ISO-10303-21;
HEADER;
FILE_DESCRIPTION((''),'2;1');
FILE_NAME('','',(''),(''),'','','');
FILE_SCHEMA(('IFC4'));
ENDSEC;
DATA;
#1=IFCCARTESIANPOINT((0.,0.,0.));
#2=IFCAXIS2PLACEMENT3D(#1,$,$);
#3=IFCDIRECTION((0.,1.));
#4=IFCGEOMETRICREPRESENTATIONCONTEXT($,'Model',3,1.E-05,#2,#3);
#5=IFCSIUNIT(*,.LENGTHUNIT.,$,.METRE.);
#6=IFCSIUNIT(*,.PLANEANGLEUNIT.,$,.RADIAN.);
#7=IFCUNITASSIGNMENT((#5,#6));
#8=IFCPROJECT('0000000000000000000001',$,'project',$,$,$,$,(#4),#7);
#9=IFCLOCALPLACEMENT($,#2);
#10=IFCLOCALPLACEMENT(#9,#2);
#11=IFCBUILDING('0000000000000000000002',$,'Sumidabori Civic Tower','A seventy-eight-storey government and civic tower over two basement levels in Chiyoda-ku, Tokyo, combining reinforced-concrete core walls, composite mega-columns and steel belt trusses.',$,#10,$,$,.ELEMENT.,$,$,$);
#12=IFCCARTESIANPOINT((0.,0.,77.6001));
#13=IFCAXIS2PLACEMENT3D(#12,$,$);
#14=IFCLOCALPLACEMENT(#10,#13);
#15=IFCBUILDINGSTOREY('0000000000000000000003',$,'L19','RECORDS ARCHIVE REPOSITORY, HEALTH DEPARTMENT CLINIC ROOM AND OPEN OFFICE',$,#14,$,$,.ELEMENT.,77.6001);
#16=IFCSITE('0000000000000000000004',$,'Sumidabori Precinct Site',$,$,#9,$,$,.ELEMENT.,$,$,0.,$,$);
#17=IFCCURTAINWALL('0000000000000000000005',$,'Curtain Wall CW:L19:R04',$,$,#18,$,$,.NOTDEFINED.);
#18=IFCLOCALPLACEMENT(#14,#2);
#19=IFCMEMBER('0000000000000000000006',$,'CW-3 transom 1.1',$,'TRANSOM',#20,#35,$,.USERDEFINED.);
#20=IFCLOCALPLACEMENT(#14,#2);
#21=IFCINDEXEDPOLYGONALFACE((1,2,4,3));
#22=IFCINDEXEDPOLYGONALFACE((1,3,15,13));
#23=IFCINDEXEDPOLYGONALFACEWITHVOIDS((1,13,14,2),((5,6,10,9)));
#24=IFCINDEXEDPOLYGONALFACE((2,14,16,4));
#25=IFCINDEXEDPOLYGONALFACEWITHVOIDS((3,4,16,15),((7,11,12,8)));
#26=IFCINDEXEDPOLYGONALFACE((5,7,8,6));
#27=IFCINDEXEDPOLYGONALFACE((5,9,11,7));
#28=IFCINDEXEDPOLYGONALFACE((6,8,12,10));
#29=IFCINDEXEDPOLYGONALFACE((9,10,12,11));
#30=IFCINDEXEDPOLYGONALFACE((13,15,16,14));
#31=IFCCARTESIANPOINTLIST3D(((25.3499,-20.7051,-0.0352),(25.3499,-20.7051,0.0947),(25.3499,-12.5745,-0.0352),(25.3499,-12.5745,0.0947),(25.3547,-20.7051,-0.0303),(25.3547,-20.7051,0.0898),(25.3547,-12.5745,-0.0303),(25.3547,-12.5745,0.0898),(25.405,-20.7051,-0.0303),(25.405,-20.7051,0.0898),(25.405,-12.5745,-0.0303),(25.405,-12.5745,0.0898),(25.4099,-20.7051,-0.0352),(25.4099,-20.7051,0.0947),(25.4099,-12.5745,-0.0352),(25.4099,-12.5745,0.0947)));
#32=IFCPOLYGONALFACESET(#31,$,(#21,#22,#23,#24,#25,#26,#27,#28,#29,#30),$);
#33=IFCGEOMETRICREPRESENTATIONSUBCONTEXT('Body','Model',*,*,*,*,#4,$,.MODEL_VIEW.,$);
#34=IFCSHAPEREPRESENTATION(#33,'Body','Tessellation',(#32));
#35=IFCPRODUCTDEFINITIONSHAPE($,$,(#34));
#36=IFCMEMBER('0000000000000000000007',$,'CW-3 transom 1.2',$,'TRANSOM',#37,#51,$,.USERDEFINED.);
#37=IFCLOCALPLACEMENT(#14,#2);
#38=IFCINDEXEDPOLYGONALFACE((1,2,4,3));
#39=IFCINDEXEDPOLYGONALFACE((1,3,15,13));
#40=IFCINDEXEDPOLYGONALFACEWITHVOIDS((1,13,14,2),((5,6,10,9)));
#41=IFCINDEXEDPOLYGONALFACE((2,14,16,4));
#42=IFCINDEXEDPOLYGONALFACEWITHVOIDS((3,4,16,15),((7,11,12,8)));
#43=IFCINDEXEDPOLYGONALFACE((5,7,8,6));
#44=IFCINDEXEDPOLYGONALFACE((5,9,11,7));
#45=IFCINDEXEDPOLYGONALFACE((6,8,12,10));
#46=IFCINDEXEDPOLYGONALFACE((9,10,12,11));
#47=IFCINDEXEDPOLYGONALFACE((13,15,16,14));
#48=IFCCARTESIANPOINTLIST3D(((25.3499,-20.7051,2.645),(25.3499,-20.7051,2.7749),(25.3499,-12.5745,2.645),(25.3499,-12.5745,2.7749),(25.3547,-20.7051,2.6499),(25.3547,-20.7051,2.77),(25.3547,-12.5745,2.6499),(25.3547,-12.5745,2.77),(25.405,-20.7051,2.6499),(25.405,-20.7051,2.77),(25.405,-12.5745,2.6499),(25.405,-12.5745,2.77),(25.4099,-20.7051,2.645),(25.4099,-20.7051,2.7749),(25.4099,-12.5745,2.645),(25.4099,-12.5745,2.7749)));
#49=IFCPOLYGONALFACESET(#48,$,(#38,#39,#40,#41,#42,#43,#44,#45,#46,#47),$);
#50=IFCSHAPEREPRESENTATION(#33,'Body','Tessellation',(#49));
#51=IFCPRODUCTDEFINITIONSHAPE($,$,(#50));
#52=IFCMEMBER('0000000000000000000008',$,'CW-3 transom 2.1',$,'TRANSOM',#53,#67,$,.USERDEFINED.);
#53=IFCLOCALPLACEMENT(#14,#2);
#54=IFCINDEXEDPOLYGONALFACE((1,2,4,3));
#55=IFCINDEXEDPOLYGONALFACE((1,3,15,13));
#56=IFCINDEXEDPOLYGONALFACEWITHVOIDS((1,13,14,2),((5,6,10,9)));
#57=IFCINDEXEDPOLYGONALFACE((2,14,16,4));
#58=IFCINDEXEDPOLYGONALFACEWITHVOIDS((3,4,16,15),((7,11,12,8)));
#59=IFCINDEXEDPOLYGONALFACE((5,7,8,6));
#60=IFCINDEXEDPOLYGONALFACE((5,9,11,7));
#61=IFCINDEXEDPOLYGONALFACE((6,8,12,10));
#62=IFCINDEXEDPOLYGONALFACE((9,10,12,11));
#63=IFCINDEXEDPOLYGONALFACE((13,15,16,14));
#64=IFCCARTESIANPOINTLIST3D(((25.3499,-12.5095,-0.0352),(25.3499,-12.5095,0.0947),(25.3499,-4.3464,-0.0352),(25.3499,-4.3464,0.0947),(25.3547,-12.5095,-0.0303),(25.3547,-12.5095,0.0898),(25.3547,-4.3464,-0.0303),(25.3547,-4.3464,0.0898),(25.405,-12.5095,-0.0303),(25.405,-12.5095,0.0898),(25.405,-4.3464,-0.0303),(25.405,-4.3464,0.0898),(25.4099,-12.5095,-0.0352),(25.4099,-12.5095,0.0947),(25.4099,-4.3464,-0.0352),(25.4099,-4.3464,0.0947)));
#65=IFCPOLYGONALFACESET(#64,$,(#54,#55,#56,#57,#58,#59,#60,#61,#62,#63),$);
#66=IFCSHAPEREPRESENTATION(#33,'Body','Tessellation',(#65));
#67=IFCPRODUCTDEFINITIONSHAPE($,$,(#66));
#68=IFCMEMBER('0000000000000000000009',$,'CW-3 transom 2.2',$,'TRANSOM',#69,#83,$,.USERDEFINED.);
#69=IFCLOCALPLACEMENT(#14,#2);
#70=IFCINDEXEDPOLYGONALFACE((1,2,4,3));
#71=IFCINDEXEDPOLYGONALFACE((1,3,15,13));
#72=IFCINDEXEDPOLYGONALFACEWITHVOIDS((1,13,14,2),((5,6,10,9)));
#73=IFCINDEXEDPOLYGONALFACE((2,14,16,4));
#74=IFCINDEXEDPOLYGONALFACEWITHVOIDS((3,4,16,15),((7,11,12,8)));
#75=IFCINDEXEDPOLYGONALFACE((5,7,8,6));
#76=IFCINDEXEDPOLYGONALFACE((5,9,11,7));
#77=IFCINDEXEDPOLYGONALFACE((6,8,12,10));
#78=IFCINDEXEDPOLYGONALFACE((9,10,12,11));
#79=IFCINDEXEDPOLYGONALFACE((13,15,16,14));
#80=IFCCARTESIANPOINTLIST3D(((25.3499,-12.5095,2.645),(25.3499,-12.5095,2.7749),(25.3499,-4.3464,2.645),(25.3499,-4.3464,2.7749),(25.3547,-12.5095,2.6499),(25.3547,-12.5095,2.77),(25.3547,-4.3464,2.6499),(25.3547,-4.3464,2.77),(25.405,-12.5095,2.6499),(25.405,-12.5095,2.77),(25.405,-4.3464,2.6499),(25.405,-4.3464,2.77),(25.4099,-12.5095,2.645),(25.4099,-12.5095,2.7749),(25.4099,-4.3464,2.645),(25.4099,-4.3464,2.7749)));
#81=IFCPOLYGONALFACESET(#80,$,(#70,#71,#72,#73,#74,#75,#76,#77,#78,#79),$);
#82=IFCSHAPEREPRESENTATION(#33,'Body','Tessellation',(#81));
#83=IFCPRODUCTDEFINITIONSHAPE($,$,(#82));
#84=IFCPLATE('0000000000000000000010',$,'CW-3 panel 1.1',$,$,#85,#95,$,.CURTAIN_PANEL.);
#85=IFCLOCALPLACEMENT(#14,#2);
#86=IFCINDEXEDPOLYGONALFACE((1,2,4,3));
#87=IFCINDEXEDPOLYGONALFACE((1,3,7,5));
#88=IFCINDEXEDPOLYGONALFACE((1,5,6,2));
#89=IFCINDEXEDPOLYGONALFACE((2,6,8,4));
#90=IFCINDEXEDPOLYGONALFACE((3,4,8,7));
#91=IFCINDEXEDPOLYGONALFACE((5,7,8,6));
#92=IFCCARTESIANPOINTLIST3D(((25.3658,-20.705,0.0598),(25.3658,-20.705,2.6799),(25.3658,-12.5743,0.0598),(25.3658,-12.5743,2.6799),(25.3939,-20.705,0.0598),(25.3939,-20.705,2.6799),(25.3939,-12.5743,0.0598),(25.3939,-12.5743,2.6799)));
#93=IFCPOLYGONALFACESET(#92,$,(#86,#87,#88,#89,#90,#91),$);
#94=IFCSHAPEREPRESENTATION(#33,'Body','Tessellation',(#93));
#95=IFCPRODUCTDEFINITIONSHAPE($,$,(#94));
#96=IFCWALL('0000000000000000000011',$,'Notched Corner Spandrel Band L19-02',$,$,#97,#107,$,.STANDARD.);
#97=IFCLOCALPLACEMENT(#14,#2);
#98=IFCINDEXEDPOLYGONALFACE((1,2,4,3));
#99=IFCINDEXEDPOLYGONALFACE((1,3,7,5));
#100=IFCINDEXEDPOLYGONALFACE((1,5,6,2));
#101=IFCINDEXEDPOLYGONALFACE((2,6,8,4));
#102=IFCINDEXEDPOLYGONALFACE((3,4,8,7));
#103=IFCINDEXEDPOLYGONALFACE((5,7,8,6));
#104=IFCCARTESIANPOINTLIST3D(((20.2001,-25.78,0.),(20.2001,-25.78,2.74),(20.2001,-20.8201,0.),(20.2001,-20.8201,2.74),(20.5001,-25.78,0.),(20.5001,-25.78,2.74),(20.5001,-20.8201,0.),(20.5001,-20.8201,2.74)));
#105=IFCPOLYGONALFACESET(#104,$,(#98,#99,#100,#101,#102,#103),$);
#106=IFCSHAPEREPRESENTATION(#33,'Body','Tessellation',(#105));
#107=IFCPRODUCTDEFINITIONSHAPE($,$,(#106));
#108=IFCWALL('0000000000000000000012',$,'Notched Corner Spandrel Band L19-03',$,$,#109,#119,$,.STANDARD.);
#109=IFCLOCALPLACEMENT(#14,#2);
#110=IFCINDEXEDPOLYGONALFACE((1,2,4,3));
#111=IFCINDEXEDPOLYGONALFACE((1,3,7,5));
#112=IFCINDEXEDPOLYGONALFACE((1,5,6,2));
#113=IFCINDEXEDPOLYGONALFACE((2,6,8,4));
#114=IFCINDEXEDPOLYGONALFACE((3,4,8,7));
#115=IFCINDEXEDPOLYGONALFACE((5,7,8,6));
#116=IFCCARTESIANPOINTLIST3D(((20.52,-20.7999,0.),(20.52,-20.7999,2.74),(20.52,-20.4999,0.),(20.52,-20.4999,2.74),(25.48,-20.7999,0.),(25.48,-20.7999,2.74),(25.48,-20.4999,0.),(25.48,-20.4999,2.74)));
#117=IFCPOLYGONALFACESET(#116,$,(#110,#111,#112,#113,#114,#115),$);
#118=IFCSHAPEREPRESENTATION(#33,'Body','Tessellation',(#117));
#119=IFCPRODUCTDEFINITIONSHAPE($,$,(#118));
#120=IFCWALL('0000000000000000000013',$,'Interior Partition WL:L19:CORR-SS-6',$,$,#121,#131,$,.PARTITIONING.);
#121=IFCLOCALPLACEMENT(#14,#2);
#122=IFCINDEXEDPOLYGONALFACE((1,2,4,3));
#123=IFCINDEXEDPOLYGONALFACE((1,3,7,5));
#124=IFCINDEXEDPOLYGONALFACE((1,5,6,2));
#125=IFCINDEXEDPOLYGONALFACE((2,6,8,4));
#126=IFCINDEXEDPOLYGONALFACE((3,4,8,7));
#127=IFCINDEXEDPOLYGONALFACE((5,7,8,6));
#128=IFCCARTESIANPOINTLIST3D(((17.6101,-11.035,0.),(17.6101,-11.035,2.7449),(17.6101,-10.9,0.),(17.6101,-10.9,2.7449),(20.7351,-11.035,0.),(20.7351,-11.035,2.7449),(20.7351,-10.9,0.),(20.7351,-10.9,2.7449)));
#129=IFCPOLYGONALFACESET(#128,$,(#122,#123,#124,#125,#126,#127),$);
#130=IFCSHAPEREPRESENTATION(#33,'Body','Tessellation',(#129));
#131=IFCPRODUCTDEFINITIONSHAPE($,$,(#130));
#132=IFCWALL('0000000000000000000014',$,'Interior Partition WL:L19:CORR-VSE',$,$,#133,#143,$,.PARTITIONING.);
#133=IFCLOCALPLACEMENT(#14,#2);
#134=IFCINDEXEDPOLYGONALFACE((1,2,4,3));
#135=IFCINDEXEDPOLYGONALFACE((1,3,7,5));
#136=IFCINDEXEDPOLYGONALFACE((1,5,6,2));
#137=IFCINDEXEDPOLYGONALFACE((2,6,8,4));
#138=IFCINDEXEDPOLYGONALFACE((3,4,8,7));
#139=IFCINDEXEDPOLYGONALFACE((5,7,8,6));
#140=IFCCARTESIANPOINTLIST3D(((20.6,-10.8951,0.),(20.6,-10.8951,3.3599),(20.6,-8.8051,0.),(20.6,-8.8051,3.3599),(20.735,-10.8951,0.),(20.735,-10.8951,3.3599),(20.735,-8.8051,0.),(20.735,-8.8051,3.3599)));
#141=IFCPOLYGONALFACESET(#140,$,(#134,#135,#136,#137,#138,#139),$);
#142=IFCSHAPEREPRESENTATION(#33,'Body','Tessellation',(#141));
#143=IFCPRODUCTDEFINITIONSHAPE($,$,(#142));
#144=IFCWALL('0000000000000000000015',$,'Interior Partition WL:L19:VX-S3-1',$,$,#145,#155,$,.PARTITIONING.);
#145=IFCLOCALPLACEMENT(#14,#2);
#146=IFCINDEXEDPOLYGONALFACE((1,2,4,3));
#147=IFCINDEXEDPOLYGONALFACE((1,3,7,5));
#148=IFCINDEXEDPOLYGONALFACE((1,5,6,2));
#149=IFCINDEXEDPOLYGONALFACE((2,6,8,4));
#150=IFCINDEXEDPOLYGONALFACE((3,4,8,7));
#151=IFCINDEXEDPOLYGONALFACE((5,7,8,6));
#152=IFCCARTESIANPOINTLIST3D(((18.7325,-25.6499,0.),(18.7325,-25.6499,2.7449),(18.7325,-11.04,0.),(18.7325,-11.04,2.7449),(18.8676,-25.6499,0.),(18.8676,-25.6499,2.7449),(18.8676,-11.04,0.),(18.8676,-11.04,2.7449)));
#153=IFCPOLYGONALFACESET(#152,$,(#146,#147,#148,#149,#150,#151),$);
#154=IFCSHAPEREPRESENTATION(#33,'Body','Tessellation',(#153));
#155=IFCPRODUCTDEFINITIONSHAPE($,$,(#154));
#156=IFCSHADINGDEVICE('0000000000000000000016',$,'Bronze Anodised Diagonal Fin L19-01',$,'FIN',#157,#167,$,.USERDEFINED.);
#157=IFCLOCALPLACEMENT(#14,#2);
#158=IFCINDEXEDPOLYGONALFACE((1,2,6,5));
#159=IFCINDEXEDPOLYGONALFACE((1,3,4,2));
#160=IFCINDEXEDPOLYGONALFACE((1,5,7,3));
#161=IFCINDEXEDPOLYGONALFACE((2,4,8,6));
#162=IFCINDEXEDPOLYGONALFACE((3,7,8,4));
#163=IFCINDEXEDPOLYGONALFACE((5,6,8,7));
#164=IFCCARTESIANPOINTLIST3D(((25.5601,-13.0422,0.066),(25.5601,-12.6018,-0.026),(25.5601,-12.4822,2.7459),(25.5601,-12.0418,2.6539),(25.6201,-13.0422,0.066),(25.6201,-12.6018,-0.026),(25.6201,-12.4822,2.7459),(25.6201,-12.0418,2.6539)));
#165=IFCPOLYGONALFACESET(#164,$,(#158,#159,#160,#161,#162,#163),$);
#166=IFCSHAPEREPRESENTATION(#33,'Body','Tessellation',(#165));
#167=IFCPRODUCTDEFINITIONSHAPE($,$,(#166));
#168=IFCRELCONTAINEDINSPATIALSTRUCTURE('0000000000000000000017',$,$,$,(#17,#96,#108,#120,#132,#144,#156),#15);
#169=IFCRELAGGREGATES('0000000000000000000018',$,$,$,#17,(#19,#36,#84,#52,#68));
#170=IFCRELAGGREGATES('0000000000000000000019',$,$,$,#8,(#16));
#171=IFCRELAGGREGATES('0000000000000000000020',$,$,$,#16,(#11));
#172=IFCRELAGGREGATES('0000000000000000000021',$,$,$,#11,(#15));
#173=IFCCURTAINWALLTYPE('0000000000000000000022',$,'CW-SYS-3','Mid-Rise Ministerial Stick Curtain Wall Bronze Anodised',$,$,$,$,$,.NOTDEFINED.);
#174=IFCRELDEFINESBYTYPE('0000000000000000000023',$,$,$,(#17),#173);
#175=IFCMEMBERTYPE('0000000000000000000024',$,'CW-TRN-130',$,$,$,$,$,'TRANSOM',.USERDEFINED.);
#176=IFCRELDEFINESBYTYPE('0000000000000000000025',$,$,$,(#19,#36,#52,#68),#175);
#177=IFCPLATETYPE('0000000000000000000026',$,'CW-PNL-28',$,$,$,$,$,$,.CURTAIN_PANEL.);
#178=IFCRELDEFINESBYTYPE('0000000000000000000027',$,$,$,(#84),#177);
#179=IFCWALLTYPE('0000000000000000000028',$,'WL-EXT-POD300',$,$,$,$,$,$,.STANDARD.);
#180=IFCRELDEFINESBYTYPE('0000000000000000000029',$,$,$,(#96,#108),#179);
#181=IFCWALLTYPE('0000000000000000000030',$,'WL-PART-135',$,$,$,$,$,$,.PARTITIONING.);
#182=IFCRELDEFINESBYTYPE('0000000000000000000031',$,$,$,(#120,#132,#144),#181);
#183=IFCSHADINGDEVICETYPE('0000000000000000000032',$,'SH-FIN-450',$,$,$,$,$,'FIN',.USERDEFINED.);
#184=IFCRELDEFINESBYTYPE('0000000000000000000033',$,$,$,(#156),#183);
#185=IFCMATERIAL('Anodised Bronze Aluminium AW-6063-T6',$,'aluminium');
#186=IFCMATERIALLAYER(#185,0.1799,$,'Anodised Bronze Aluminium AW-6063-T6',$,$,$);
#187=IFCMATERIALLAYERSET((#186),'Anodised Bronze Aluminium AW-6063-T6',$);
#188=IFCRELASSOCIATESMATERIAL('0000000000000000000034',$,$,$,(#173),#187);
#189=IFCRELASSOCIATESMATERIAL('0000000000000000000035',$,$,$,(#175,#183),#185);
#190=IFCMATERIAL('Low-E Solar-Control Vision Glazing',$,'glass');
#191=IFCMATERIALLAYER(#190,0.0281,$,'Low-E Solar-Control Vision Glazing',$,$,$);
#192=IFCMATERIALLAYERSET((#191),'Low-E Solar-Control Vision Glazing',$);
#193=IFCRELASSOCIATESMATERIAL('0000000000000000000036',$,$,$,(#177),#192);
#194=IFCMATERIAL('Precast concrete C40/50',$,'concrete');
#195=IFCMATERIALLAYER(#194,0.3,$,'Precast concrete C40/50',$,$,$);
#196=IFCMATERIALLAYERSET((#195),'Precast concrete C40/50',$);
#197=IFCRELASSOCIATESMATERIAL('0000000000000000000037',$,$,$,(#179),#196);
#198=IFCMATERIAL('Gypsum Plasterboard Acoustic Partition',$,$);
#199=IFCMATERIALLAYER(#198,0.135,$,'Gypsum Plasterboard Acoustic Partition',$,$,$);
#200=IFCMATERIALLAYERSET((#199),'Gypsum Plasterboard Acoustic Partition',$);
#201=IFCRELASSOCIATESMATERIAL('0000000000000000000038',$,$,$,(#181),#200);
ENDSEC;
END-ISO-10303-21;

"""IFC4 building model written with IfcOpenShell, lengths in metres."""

from ifc_helpers import new_model, si_unit, direction, frame, frame_2d, origin, origin_2d, place, context, subcontext, project, spatial, rectangle, hollow_rectangle, extrude, source, transform, mapped, material, layer, layer_set, material_profile, profile_set, type_object, element, aggregate, save


model = new_model("IFC4")

# Units and contexts
model_context = context("Model", 3, precision=1e-05, world=origin(), true_north=direction((0.0, 1.0)))
body_context = subcontext(model_context, "Body", "Model", "MODEL_VIEW")
ifc_project = project(units=[si_unit("LENGTHUNIT", "METRE"), si_unit("PLANEANGLEUNIT", "RADIAN")], contexts=[model_context])

# Site, building, storey
site_placement = place(None, origin())
site = spatial("IfcSite", under=ifc_project, at=site_placement, Name="Sumidabori Precinct Site", CompositionType="ELEMENT", RefElevation=0.0)
building_placement = place(site_placement, origin())
building = spatial("IfcBuilding", under=site, at=building_placement, Name="Sumidabori Civic Tower", Description="A seventy-eight-storey government and civic tower over two basement levels in Chiyoda-ku, Tokyo, combining reinforced-concrete core walls, composite mega-columns and steel belt trusses.", CompositionType="ELEMENT")
storey_placement = place(building_placement, frame((0.0, 0.0, 77.6001)))
storey = spatial("IfcBuildingStorey", under=building, at=storey_placement, Name="L19", Description="RECORDS ARCHIVE REPOSITORY, HEALTH DEPARTMENT CLINIC ROOM AND OPEN OFFICE", CompositionType="ELEMENT", Elevation=77.6001)

# Shared definitions
ifc_material_1 = material(Name="Anodised Bronze Aluminium AW-6063-T6", Category="aluminium")
ifc_layer_1 = layer(ifc_material_1, 0.1799, Name="Anodised Bronze Aluminium AW-6063-T6")
ifc_layer_set_1 = layer_set([ifc_layer_1], Name="Anodised Bronze Aluminium AW-6063-T6")
curtain_wall_type = type_object("IfcCurtainWallType", Name="CW-SYS-3", Description="Mid-Rise Ministerial Stick Curtain Wall Bronze Anodised", PredefinedType="NOTDEFINED", material=ifc_layer_set_1)

# Curtain wall, members, plate
curtain_wall_1_placement = place(storey_placement, origin())
curtain_wall_1 = element("IfcCurtainWall", 1, at=curtain_wall_1_placement, inside=storey, type_object=curtain_wall_type, Name="Curtain Wall CW:L19:R04", PredefinedType="NOTDEFINED")
ifc_material_profile_1 = material_profile(ifc_material_1, hollow_rectangle(XDim=0.0601, YDim=0.1299, WallThickness=0.0049, at=origin_2d()), Name="ALU TRANSOM 130x60")
ifc_profile_set_1 = profile_set([ifc_material_profile_1], Name="Anodised Bronze Aluminium AW-6063-T6")
member_type_1 = type_object("IfcMemberType", Name="CW-TRN-130", ElementType="TRANSOM", PredefinedType="USERDEFINED", material=ifc_profile_set_1)
shared_shape_1 = source(origin(), body_context, "Body", "SweptSolid", [
    extrude(hollow_rectangle(XDim=0.0601, YDim=0.1299, WallThickness=0.0049, at=origin_2d()), origin(), (0.0, 0.0, 1.0), 8.1306),
])
member_1_placement = place(storey_placement, frame((25.3799, -20.7051, 0.0298), z_axis=(0.0, 1.0, 0.0), x_axis=(-1.0, 0.0, 0.0)))
member_1 = element("IfcMember", 2, at=member_1_placement, type_object=member_type_1, Name="CW-3 transom 1.1", ObjectType="TRANSOM", PredefinedType="USERDEFINED", context=body_context, shape_type="MappedRepresentation", body=[
    mapped(shared_shape_1, transform((0.0, 0.0, 0.0), x_axis=(1.0, 0.0, 0.0), y_axis=(0.0, 1.0, 0.0), z_axis=(0.0, 0.0, 1.0), scale=1.0)),
])
member_2_placement = place(storey_placement, frame((25.3799, -20.7051, 2.71), z_axis=(0.0, 1.0, 0.0), x_axis=(-1.0, 0.0, 0.0)))
member_2 = element("IfcMember", 3, at=member_2_placement, type_object=member_type_1, Name="CW-3 transom 1.2", ObjectType="TRANSOM", PredefinedType="USERDEFINED", context=body_context, shape_type="MappedRepresentation", body=[
    mapped(shared_shape_1, transform((0.0, 0.0, 0.0), x_axis=(1.0, 0.0, 0.0), y_axis=(0.0, 1.0, 0.0), z_axis=(0.0, 0.0, 1.0), scale=1.0)),
])
shared_shape_2 = source(origin(), body_context, "Body", "SweptSolid", [
    extrude(hollow_rectangle(XDim=0.0601, YDim=0.1299, WallThickness=0.0049, at=origin_2d()), origin(), (0.0, 0.0, 1.0), 8.1631),
])
member_3_placement = place(storey_placement, frame((25.3799, -12.5095, 0.0298), z_axis=(0.0, 1.0, 0.0), x_axis=(-1.0, 0.0, 0.0)))
member_3 = element("IfcMember", 4, at=member_3_placement, type_object=member_type_1, Name="CW-3 transom 2.1", ObjectType="TRANSOM", PredefinedType="USERDEFINED", context=body_context, shape_type="MappedRepresentation", body=[
    mapped(shared_shape_2, transform((0.0, 0.0, 0.0), x_axis=(1.0, 0.0, 0.0), y_axis=(0.0, 1.0, 0.0), z_axis=(0.0, 0.0, 1.0), scale=1.0)),
])
member_4_placement = place(storey_placement, frame((25.3799, -12.5095, 2.71), z_axis=(0.0, 1.0, 0.0), x_axis=(-1.0, 0.0, 0.0)))
member_4 = element("IfcMember", 5, at=member_4_placement, type_object=member_type_1, Name="CW-3 transom 2.2", ObjectType="TRANSOM", PredefinedType="USERDEFINED", context=body_context, shape_type="MappedRepresentation", body=[
    mapped(shared_shape_2, transform((0.0, 0.0, 0.0), x_axis=(1.0, 0.0, 0.0), y_axis=(0.0, 1.0, 0.0), z_axis=(0.0, 0.0, 1.0), scale=1.0)),
])
ifc_material_2 = material(Name="Low-E Solar-Control Vision Glazing", Category="glass")
ifc_layer_2 = layer(ifc_material_2, 0.0281, Name="Low-E Solar-Control Vision Glazing")
ifc_layer_set_2 = layer_set([ifc_layer_2], Name="Low-E Solar-Control Vision Glazing")
plate_type = type_object("IfcPlateType", Name="CW-PNL-28", PredefinedType="CURTAIN_PANEL", material=ifc_layer_set_2)
shared_shape_3 = source(origin(), body_context, "Body", "SweptSolid", [
    extrude(rectangle(XDim=8.1306, YDim=0.0281, at=origin_2d()), origin(), (0.0, 0.0, 1.0), 2.6201),
])
plate_placement = place(storey_placement, frame((25.3799, -16.6396, 0.0598), z_axis=(0.0, 0.0, 1.0), x_axis=(0.0, 1.0, 0.0)))
plate = element("IfcPlate", 6, at=plate_placement, type_object=plate_type, Name="CW-3 panel 1.1", PredefinedType="CURTAIN_PANEL", context=body_context, shape_type="MappedRepresentation", body=[
    mapped(shared_shape_3, transform((0.0, 0.0, 0.0), x_axis=(1.0, 0.0, 0.0), y_axis=(0.0, 1.0, 0.0), z_axis=(0.0, 0.0, 1.0), scale=1.0)),
])
aggregate(curtain_wall_1, [member_1, member_2, plate, member_3, member_4])

# Walls
ifc_material_3 = material(Name="Precast concrete C40/50", Category="concrete")
ifc_layer_3 = layer(ifc_material_3, 0.3, Name="Precast concrete C40/50")
ifc_layer_set_3 = layer_set([ifc_layer_3], Name="Precast concrete C40/50")
wall_type_1 = type_object("IfcWallType", Name="WL-EXT-POD300", PredefinedType="STANDARD", material=ifc_layer_set_3)
shared_shape_4 = source(origin(), body_context, "Body", "SweptSolid", [
    extrude(rectangle(XDim=4.96, YDim=0.3, at=frame_2d((2.48, 0.0))), origin(), (0.0, 0.0, 1.0), 2.74),
])
for number, where, z_axis, x_axis, name in (
    (7, (20.3501, -25.78, 0.0), (0.0, 0.0, 1.0), (0.0, 1.0, 0.0), "Notched Corner Spandrel Band L19-02"),
    (8, (20.52, -20.6499, 0.0), (0.0, 0.0, 1.0), (1.0, 0.0, 0.0), "Notched Corner Spandrel Band L19-03"),
):
    element("IfcWall", number, at=place(storey_placement, frame(where, z_axis=z_axis, x_axis=x_axis)), inside=storey, type_object=wall_type_1, Name=name, PredefinedType="STANDARD", context=body_context, shape_type="MappedRepresentation", body=[
        mapped(shared_shape_4, transform((0.0, 0.0, 0.0), x_axis=(1.0, 0.0, 0.0), y_axis=(0.0, 1.0, 0.0), z_axis=(0.0, 0.0, 1.0), scale=1.0)),
    ])
ifc_material_4 = material(Name="Gypsum Plasterboard Acoustic Partition")
ifc_layer_4 = layer(ifc_material_4, 0.135, Name="Gypsum Plasterboard Acoustic Partition")
ifc_layer_set_4 = layer_set([ifc_layer_4], Name="Gypsum Plasterboard Acoustic Partition")
wall_type_2 = type_object("IfcWallType", Name="WL-PART-135", PredefinedType="PARTITIONING", material=ifc_layer_set_4)
shared_shape_5 = source(origin(), body_context, "Body", "SweptSolid", [
    extrude(rectangle(XDim=3.125, YDim=0.135, at=frame_2d((1.5625, 0.0))), origin(), (0.0, 0.0, 1.0), 2.7449),
])
wall_1_placement = place(storey_placement, frame((17.6101, -10.9675, 0.0), z_axis=(0.0, 0.0, 1.0), x_axis=(1.0, 0.0, 0.0)))
element("IfcWall", 9, at=wall_1_placement, inside=storey, type_object=wall_type_2, Name="Interior Partition WL:L19:CORR-SS-6", PredefinedType="PARTITIONING", context=body_context, shape_type="MappedRepresentation", body=[
    mapped(shared_shape_5, transform((0.0, 0.0, 0.0), x_axis=(1.0, 0.0, 0.0), y_axis=(0.0, 1.0, 0.0), z_axis=(0.0, 0.0, 1.0), scale=1.0)),
])
shared_shape_6 = source(origin(), body_context, "Body", "SweptSolid", [
    extrude(rectangle(XDim=2.0901, YDim=0.135, at=frame_2d((1.0449, 0.0))), origin(), (0.0, 0.0, 1.0), 3.3599),
])
wall_2_placement = place(storey_placement, frame((20.6675, -10.895, 0.0), z_axis=(0.0, 0.0, 1.0), x_axis=(0.0, 1.0, 0.0)))
element("IfcWall", 10, at=wall_2_placement, inside=storey, type_object=wall_type_2, Name="Interior Partition WL:L19:CORR-VSE", PredefinedType="PARTITIONING", context=body_context, shape_type="MappedRepresentation", body=[
    mapped(shared_shape_6, transform((0.0, 0.0, 0.0), x_axis=(1.0, 0.0, 0.0), y_axis=(0.0, 1.0, 0.0), z_axis=(0.0, 0.0, 1.0), scale=1.0)),
])
shared_shape_7 = source(origin(), body_context, "Body", "SweptSolid", [
    extrude(rectangle(XDim=14.6099, YDim=0.135, at=frame_2d((7.3049, 0.0))), origin(), (0.0, 0.0, 1.0), 2.7449),
])
wall_3_placement = place(storey_placement, frame((18.8, -25.6499, 0.0), z_axis=(0.0, 0.0, 1.0), x_axis=(0.0, 1.0, 0.0)))
element("IfcWall", 11, at=wall_3_placement, inside=storey, type_object=wall_type_2, Name="Interior Partition WL:L19:VX-S3-1", PredefinedType="PARTITIONING", context=body_context, shape_type="MappedRepresentation", body=[
    mapped(shared_shape_7, transform((0.0, 0.0, 0.0), x_axis=(1.0, 0.0, 0.0), y_axis=(0.0, 1.0, 0.0), z_axis=(0.0, 0.0, 1.0), scale=1.0)),
])

# Shading device
ifc_material_profile_2 = material_profile(ifc_material_1, rectangle(XDim=0.0601, YDim=0.45, at=origin_2d()), Name="BRONZE FIN 450x60")
ifc_profile_set_2 = profile_set([ifc_material_profile_2], Name="Anodised Bronze Aluminium AW-6063-T6")
shading_device_type = type_object("IfcShadingDeviceType", Name="SH-FIN-450", ElementType="FIN", PredefinedType="USERDEFINED", material=ifc_profile_set_2)
shared_shape_8 = source(origin(), body_context, "Body", "SweptSolid", [
    extrude(rectangle(XDim=0.0601, YDim=0.45, at=origin_2d()), origin(), (0.0, 0.0, 1.0), 2.7378),
])
shading_device_placement = place(storey_placement, frame((25.5901, -12.822, 0.02), z_axis=(0.0, 0.204563, 0.978853), x_axis=(-1.0, 0.0, 0.0)))
element("IfcShadingDevice", 12, at=shading_device_placement, inside=storey, type_object=shading_device_type, Name="Bronze Anodised Diagonal Fin L19-01", ObjectType="FIN", PredefinedType="USERDEFINED", context=body_context, shape_type="MappedRepresentation", body=[
    mapped(shared_shape_8, transform((0.0, 0.0, 0.0), x_axis=(1.0, 0.0, 0.0), y_axis=(0.0, 1.0, 0.0), z_axis=(0.0, 0.0, 1.0), scale=1.0)),
])

save(model, "model.ifc")
